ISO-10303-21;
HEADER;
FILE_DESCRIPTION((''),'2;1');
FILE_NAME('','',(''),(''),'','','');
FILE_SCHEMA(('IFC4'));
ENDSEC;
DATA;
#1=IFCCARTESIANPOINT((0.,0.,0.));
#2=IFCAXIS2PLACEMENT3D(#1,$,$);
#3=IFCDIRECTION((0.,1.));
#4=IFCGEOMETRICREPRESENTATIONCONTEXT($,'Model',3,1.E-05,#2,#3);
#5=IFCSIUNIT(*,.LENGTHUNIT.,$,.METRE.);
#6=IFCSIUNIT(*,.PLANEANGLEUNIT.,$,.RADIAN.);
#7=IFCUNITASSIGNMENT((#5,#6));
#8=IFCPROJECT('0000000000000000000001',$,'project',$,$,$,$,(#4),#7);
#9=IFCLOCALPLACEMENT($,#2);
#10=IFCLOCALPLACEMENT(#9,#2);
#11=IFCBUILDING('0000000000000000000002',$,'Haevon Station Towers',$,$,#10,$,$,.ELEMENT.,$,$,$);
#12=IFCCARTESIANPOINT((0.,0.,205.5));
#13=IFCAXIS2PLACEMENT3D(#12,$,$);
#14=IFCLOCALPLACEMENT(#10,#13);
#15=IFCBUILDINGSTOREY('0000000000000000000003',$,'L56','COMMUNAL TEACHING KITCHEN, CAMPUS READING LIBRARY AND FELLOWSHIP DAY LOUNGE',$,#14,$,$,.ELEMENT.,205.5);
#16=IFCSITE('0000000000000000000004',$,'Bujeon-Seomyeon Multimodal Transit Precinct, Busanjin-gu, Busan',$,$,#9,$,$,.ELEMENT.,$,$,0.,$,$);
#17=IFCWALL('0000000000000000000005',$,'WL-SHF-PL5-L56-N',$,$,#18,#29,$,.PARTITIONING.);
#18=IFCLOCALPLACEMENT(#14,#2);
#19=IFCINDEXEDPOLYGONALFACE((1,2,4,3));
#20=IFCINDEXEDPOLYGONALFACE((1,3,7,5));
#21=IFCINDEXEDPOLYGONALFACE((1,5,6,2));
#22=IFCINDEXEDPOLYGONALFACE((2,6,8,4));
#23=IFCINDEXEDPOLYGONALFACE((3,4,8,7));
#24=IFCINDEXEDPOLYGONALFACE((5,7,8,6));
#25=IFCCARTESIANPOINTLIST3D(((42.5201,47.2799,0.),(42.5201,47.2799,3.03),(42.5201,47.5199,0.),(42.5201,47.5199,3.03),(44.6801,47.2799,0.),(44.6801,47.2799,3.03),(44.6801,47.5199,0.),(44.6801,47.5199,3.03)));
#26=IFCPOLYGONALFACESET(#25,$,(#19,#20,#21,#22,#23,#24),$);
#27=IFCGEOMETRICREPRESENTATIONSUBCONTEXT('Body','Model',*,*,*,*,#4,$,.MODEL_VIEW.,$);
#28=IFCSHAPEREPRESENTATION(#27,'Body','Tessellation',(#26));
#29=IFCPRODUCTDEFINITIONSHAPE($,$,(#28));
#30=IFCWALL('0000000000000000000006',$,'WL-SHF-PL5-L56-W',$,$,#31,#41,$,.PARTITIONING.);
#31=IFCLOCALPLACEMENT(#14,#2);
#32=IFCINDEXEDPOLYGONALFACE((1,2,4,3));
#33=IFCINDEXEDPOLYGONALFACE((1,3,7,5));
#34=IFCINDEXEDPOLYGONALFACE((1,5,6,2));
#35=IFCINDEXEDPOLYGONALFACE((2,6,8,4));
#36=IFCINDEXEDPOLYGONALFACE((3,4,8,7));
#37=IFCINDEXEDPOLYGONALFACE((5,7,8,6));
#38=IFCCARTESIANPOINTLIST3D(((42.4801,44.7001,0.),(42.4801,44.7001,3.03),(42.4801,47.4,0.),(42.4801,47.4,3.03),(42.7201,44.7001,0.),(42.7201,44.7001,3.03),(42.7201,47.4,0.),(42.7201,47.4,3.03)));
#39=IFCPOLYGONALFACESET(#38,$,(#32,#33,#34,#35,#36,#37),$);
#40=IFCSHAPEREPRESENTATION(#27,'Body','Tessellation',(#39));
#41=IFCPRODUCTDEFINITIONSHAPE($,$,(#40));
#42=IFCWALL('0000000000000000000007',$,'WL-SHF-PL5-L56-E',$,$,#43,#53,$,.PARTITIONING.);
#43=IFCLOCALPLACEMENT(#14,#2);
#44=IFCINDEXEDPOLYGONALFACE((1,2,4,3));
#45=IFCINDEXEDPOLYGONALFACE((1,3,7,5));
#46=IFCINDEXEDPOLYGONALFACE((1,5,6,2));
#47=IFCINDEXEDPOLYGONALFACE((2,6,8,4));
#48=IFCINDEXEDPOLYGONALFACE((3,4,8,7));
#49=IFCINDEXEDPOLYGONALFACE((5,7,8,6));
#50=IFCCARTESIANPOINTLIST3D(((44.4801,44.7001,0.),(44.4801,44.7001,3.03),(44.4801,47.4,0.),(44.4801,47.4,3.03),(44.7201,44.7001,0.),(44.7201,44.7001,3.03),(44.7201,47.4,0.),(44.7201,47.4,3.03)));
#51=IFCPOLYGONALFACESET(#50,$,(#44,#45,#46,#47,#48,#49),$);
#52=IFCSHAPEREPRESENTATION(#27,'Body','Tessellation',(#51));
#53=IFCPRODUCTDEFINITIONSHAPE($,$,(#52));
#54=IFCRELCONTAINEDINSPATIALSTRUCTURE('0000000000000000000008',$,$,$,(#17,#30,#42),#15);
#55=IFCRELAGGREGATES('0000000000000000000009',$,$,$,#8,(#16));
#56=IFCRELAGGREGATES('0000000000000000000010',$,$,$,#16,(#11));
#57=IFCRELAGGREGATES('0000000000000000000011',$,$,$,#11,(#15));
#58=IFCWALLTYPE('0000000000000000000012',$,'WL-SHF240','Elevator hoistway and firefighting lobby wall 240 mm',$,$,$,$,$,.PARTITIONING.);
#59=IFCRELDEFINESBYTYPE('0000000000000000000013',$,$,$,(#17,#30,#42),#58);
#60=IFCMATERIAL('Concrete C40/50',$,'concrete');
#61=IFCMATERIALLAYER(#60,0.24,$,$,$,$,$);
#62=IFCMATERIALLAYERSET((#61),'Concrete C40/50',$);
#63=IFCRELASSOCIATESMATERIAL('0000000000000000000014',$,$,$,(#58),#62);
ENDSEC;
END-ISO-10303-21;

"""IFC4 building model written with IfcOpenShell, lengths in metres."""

from ifc_helpers import new_model, si_unit, direction, frame, frame_2d, origin, place, context, subcontext, project, spatial, rectangle, extrude, material, layer, layer_set, type_object, element, save


model = new_model("IFC4")

# Units and contexts
model_context = context("Model", 3, precision=1e-05, world=origin(), true_north=direction((0.0, 1.0)))
body_context = subcontext(model_context, "Body", "Model", "MODEL_VIEW")
ifc_project = project(units=[si_unit("LENGTHUNIT", "METRE"), si_unit("PLANEANGLEUNIT", "RADIAN")], contexts=[model_context])

# Site, building, storey
site_placement = place(None, origin())
site = spatial("IfcSite", under=ifc_project, at=site_placement, Name="Bujeon-Seomyeon Multimodal Transit Precinct, Busanjin-gu, Busan", CompositionType="ELEMENT", RefElevation=0.0)
building_placement = place(site_placement, origin())
building = spatial("IfcBuilding", under=site, at=building_placement, Name="Haevon Station Towers", CompositionType="ELEMENT")
storey_placement = place(building_placement, frame((0.0, 0.0, 205.5)))
storey = spatial("IfcBuildingStorey", under=building, at=storey_placement, Name="L56", Description="COMMUNAL TEACHING KITCHEN, CAMPUS READING LIBRARY AND FELLOWSHIP DAY LOUNGE", CompositionType="ELEMENT", Elevation=205.5)

# Shared definitions
ifc_material_1 = material(Name="Concrete C40/50", Category="concrete")
ifc_layer_1 = layer(ifc_material_1, 0.24)
ifc_layer_set_1 = layer_set([ifc_layer_1], Name="Concrete C40/50")
wall_type_1 = type_object("IfcWallType", Name="WL-SHF240", Description="Elevator hoistway and firefighting lobby wall 240 mm", PredefinedType="PARTITIONING", material=ifc_layer_set_1)

# Walls
wall_1_placement = place(storey_placement, frame((42.52, 47.3999, 0.0), z_axis=(0.0, 0.0, 1.0), x_axis=(1.0, 0.0, 0.0)))
element("IfcWall", 1, at=wall_1_placement, inside=storey, type_object=wall_type_1, Name="WL-SHF-PL5-L56-N", PredefinedType="PARTITIONING", context=body_context, shape_type="SweptSolid", body=[
    extrude(rectangle(XDim=2.1599, YDim=0.24, at=frame_2d((1.0801, 0.0))), origin(), (0.0, 0.0, 1.0), 3.03),
])
for number, where, z_axis, x_axis, name in (
    (2, (42.6001, 44.7, 0.0), (0.0, 0.0, 1.0), (0.0, 1.0, 0.0), "WL-SHF-PL5-L56-W"),
    (3, (44.6001, 44.7, 0.0), (0.0, 0.0, 1.0), (0.0, 1.0, 0.0), "WL-SHF-PL5-L56-E"),
):
    element("IfcWall", number, at=place(storey_placement, frame(where, z_axis=z_axis, x_axis=x_axis)), inside=storey, type_object=wall_type_1, Name=name, PredefinedType="PARTITIONING", context=body_context, shape_type="SweptSolid", body=[
        extrude(rectangle(XDim=2.7, YDim=0.24, at=frame_2d((1.3501, 0.0))), origin(), (0.0, 0.0, 1.0), 3.03),
    ])

save(model, "model.ifc")
